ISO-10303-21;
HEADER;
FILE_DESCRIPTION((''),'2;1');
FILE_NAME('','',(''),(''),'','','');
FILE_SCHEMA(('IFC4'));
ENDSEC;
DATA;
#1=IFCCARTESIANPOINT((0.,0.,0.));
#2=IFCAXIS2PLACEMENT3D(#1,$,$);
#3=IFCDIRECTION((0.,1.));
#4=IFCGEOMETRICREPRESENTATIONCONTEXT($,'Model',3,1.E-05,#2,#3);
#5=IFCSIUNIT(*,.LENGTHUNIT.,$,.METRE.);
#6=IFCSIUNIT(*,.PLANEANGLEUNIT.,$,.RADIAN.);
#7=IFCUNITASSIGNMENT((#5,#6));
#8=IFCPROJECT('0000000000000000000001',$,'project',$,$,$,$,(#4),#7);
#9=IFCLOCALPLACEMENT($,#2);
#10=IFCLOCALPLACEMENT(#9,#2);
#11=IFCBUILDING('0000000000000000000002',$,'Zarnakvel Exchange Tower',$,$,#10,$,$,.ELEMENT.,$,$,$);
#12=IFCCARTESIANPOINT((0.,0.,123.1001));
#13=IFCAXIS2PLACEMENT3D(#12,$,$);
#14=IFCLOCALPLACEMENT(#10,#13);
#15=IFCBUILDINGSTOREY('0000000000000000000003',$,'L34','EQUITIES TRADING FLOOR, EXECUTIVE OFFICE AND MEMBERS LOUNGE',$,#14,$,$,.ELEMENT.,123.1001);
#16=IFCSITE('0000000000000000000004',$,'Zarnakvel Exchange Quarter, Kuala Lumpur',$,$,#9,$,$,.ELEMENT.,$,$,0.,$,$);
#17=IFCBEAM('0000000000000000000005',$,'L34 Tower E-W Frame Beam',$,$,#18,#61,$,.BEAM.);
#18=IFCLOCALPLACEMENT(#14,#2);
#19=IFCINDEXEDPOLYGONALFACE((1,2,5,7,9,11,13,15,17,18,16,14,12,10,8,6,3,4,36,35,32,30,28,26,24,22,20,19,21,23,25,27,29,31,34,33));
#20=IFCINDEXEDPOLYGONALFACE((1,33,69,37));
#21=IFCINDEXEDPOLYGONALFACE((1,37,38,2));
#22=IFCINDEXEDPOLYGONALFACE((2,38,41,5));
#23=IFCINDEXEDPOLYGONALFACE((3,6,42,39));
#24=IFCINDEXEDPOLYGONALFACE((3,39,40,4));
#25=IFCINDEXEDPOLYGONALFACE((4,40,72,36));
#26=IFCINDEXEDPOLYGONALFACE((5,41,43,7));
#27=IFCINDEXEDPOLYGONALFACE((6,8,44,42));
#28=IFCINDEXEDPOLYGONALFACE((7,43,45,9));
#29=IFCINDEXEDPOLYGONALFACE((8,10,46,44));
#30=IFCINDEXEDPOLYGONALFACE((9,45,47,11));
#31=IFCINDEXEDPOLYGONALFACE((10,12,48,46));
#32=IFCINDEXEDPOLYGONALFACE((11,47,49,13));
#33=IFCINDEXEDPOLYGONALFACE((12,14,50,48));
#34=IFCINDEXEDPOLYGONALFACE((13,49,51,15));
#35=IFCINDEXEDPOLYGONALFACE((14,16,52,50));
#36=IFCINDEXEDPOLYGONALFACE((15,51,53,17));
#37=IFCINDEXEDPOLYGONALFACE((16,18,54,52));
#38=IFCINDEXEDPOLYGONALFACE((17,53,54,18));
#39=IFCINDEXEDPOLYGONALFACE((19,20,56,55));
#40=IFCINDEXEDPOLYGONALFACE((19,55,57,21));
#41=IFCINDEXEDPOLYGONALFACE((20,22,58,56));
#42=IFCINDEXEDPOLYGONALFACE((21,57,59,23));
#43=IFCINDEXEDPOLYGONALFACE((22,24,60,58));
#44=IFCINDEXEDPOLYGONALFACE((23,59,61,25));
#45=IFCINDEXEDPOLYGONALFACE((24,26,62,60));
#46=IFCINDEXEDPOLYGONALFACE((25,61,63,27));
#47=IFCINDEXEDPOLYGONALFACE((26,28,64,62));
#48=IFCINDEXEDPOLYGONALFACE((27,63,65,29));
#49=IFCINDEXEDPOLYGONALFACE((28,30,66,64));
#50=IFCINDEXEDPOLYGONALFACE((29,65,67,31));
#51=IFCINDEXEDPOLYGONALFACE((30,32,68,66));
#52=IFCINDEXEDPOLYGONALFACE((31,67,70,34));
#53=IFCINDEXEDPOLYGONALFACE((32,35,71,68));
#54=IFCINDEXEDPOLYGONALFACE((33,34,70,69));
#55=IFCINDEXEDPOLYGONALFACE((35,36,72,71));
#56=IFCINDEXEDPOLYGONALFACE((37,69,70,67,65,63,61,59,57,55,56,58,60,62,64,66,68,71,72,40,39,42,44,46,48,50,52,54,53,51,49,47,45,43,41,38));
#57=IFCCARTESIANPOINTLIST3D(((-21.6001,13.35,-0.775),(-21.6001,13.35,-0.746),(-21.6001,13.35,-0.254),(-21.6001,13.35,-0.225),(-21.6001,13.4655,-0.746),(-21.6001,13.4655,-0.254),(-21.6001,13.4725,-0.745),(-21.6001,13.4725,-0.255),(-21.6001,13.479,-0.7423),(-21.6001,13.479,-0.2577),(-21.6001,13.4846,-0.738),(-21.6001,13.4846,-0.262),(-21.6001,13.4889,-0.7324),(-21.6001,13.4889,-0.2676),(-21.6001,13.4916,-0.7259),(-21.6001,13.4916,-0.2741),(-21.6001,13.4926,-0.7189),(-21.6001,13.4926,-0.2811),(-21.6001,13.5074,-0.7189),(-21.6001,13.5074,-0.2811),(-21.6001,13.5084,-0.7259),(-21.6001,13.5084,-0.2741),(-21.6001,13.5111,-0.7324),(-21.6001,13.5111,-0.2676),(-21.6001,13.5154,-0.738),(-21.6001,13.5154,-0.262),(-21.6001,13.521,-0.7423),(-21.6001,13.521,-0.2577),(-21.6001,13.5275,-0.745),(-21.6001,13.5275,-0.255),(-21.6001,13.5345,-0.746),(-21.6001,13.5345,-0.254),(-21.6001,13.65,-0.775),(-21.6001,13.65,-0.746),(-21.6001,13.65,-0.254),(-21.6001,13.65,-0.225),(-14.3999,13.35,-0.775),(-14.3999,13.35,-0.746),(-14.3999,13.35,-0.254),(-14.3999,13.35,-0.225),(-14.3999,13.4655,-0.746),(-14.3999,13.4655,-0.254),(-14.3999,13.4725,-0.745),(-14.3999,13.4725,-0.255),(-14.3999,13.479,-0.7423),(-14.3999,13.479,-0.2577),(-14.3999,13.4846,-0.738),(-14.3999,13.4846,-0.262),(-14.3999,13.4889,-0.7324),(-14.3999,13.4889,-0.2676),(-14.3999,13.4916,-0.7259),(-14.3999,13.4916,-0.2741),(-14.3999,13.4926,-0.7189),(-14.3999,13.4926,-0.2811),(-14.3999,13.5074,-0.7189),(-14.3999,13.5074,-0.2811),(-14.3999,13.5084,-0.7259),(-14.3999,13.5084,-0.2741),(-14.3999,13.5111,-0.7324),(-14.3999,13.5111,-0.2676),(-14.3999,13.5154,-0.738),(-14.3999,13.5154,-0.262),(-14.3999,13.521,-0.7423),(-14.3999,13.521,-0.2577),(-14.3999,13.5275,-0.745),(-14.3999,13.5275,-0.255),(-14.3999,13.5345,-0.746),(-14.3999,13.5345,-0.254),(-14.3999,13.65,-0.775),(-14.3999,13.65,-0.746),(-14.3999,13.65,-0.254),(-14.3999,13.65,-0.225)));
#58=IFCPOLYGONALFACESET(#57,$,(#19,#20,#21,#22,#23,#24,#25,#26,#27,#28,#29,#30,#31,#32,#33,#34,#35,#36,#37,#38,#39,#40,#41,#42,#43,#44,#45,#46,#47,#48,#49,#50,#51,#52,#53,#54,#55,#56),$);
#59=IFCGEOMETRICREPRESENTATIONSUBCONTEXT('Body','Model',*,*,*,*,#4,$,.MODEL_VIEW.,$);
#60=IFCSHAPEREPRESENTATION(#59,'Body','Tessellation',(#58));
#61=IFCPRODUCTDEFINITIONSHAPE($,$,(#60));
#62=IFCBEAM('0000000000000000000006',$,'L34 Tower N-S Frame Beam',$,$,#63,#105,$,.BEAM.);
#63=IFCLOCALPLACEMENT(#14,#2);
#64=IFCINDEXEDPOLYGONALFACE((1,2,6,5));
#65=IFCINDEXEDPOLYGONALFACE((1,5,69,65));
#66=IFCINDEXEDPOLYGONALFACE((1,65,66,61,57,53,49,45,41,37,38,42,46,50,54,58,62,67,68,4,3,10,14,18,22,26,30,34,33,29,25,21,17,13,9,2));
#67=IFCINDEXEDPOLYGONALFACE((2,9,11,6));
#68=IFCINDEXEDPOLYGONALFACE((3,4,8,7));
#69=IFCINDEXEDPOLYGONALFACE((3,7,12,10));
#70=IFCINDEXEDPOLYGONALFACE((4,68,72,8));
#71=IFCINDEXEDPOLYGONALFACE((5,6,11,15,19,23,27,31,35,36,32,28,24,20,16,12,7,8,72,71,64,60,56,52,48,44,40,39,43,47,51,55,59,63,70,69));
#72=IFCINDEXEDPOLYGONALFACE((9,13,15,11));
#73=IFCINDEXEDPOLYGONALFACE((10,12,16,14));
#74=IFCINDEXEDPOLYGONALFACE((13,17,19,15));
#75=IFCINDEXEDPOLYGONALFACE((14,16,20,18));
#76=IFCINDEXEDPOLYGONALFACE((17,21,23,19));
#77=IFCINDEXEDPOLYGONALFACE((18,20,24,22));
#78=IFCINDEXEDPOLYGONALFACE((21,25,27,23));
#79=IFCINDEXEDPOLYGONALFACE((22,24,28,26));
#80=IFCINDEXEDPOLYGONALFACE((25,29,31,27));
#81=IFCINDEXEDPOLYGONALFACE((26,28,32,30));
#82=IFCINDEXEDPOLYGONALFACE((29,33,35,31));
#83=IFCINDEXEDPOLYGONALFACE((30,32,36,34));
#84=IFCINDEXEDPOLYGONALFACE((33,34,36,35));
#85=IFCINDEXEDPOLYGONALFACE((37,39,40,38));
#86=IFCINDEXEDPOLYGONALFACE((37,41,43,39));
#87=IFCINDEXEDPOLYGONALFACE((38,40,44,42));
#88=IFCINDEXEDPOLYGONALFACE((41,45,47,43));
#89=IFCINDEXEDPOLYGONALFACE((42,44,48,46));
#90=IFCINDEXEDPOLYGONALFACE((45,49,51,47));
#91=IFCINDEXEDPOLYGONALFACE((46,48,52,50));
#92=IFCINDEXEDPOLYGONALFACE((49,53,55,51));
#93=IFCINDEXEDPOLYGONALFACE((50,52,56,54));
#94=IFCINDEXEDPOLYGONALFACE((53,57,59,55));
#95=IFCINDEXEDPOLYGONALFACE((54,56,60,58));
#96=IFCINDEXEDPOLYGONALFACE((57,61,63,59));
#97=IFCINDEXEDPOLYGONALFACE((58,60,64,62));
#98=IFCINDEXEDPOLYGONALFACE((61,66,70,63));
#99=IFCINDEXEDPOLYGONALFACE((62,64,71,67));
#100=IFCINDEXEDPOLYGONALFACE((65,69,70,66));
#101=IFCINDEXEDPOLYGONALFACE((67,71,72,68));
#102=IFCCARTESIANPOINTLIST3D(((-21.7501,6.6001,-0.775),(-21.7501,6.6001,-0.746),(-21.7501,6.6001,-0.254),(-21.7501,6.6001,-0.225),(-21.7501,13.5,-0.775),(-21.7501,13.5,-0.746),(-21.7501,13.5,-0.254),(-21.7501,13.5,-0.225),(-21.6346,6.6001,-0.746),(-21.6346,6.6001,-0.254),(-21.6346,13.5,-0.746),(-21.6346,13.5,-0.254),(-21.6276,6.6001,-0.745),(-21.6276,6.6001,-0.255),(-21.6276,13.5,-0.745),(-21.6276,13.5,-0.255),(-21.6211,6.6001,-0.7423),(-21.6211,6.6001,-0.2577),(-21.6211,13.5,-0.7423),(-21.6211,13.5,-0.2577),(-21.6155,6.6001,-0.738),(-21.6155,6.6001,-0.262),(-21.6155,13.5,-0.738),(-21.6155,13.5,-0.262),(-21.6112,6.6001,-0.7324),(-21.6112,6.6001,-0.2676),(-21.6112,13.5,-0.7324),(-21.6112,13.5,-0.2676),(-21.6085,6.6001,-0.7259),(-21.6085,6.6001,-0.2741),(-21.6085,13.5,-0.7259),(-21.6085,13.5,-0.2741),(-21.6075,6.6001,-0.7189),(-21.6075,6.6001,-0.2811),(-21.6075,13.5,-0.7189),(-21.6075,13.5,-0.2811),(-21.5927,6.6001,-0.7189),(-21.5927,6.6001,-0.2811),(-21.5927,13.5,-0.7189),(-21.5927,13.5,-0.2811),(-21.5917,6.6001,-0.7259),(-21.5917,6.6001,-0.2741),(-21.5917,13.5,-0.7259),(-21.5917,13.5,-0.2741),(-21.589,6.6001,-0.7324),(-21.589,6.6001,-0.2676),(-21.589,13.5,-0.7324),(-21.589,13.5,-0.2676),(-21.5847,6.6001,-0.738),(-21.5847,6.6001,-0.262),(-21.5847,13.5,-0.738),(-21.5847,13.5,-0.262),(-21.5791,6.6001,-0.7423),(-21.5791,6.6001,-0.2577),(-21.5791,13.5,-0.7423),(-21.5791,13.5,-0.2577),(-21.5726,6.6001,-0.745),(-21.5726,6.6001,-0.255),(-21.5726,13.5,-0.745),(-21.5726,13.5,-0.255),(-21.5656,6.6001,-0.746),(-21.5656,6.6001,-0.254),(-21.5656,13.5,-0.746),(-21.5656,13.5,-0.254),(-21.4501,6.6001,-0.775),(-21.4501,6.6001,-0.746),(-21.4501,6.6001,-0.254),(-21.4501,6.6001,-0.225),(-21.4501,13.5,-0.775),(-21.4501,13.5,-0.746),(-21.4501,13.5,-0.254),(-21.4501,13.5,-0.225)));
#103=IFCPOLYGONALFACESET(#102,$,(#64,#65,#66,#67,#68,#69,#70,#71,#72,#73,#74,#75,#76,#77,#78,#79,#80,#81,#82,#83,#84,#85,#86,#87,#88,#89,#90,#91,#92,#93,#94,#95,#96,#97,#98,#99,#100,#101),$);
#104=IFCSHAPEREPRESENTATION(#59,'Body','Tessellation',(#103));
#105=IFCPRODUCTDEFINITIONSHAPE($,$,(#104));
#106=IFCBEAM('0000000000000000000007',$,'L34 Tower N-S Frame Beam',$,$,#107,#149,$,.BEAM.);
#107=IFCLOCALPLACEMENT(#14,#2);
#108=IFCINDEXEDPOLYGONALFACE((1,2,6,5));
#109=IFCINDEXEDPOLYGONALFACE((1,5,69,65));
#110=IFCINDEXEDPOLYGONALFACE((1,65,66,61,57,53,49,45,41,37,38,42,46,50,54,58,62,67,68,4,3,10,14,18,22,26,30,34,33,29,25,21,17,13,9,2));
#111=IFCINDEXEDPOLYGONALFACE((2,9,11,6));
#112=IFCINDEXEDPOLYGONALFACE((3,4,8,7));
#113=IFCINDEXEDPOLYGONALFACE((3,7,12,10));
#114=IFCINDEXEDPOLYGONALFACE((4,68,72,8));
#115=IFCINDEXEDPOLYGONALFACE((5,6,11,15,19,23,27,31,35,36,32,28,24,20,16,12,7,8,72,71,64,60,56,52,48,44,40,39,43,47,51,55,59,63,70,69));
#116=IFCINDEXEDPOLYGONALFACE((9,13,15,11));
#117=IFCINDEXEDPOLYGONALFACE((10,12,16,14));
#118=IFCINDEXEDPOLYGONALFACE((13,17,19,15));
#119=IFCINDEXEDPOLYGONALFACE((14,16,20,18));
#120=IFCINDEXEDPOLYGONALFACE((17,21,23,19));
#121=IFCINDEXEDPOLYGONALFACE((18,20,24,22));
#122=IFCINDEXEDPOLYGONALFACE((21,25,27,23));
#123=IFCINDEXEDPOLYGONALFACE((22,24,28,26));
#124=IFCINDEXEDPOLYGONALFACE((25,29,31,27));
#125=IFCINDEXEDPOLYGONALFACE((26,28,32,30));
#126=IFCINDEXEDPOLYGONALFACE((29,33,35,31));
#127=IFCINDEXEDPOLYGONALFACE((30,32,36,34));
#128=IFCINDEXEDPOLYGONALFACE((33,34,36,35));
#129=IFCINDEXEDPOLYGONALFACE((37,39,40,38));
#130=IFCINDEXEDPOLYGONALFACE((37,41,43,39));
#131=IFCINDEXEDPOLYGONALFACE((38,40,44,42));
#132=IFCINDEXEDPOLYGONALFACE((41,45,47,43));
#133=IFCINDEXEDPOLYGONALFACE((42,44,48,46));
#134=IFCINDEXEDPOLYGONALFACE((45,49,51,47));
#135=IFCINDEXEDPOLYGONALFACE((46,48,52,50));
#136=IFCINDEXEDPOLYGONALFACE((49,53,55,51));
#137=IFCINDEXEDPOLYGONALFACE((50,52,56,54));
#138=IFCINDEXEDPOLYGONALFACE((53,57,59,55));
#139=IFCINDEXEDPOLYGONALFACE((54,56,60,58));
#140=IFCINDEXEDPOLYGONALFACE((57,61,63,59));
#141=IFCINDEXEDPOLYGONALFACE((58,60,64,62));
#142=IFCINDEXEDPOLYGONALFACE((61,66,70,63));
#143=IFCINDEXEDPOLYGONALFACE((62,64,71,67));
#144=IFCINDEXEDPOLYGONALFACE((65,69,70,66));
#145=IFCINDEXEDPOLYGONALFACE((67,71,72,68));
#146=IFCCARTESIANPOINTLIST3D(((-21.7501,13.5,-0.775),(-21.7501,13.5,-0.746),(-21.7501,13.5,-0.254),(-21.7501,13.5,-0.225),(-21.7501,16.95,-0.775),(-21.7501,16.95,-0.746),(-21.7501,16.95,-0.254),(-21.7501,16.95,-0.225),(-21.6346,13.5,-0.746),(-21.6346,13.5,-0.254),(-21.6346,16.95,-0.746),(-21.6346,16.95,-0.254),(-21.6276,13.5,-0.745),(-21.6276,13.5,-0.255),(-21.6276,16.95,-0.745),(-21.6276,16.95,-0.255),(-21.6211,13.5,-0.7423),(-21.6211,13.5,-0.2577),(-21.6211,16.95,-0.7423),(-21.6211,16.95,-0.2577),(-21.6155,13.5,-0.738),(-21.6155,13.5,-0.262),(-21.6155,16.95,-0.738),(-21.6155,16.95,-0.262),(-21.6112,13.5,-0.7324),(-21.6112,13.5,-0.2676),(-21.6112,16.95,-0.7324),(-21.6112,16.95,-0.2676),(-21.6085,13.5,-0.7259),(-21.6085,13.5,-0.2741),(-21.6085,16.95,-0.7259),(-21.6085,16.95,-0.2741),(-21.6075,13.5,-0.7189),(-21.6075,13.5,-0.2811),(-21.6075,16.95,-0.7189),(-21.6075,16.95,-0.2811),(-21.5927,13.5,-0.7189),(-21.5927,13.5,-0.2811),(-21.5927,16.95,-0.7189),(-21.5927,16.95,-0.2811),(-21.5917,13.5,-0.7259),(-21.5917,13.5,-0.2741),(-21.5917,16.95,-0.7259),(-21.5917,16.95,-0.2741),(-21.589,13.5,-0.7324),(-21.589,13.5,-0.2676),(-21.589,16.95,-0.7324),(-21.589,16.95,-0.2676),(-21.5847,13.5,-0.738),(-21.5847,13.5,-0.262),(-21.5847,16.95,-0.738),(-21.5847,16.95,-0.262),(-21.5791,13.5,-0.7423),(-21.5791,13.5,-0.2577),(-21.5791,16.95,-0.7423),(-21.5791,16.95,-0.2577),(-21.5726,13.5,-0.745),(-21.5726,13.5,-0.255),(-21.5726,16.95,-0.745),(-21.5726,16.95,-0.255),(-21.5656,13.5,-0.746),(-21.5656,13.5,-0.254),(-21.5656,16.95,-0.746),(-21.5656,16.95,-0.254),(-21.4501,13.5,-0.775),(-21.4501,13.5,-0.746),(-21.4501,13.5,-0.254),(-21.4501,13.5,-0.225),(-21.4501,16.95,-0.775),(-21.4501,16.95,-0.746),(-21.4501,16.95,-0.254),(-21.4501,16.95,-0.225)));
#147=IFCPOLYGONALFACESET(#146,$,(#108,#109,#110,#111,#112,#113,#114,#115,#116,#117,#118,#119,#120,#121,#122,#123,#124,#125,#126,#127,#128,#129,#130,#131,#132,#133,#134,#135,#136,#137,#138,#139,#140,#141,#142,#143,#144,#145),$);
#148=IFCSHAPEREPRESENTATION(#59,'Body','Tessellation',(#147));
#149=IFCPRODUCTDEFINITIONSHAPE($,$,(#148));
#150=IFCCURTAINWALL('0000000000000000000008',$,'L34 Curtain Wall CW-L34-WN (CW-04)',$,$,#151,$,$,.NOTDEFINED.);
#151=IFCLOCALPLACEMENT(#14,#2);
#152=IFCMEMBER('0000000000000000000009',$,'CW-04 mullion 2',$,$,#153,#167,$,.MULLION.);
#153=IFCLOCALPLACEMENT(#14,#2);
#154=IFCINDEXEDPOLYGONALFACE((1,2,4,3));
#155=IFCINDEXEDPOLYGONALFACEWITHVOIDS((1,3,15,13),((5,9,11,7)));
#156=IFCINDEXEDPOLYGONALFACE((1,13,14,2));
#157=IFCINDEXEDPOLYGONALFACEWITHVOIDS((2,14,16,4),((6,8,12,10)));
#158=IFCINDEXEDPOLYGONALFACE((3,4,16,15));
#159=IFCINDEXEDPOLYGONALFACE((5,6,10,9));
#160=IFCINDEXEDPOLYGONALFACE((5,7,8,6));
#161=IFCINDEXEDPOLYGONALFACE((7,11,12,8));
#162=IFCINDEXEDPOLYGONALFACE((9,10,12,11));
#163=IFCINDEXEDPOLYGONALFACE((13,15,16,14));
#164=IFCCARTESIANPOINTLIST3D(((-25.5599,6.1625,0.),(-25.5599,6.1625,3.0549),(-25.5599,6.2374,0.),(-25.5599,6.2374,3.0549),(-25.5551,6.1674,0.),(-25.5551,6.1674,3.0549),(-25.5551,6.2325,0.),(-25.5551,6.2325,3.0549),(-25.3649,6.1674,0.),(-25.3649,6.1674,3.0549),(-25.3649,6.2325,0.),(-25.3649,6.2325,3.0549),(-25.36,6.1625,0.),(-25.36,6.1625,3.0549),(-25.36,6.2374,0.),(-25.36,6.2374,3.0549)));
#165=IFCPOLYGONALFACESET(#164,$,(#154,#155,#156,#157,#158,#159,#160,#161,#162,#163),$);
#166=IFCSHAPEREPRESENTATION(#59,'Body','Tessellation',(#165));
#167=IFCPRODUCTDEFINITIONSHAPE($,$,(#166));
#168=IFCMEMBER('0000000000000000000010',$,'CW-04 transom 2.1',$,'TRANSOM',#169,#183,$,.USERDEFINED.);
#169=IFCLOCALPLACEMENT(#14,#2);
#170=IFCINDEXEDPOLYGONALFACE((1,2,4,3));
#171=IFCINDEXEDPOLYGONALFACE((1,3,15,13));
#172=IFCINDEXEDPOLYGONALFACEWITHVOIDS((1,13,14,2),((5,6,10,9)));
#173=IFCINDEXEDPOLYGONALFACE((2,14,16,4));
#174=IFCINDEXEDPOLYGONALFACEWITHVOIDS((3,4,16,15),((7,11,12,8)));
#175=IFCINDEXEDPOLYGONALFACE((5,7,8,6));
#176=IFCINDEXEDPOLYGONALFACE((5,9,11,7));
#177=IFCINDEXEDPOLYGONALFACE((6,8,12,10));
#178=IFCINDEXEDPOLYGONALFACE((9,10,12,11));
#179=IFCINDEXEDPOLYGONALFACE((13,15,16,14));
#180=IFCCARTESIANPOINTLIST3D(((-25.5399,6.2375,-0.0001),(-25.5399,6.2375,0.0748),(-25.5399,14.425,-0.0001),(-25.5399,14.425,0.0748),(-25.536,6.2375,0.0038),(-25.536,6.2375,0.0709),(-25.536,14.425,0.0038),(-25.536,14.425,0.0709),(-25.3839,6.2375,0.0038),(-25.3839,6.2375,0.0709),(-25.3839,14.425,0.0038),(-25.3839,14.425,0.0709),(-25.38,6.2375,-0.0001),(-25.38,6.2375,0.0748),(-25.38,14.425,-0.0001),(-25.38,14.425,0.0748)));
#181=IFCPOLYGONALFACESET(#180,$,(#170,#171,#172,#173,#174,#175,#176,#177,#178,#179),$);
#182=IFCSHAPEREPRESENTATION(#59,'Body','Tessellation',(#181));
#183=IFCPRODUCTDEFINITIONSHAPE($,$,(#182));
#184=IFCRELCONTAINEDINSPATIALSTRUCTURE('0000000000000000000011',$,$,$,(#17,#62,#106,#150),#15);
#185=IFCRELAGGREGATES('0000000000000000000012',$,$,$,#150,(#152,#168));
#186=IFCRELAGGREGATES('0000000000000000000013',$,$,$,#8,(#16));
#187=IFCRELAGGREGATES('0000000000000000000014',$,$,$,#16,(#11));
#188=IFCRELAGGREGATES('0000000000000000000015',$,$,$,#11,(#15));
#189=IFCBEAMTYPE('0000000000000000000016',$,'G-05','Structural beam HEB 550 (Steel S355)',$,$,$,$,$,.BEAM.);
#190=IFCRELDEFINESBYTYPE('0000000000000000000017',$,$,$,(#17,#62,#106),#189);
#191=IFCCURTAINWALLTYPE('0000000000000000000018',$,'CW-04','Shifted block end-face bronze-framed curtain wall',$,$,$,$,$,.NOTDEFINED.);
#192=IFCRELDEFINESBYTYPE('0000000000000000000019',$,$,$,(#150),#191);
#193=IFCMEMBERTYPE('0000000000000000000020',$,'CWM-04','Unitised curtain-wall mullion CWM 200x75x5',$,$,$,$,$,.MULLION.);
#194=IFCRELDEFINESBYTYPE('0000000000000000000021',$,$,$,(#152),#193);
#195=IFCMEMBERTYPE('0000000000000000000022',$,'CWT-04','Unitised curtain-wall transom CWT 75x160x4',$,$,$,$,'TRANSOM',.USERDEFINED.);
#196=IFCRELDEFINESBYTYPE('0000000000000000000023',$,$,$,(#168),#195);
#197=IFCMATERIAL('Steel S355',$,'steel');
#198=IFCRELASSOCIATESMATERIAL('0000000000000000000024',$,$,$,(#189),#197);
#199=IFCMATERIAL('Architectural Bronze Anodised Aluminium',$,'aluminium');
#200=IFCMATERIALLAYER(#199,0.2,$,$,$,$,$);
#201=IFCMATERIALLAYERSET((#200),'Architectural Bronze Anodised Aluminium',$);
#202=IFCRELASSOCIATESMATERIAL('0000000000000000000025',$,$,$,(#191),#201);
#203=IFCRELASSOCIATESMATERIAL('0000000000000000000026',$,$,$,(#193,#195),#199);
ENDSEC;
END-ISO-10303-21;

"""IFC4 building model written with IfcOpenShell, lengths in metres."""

from ifc_helpers import new_model, si_unit, direction, frame, origin, origin_2d, place, context, subcontext, project, spatial, hollow_rectangle, i_section, extrude, source, transform, mapped, material, layer, layer_set, material_profile, profile_set, type_object, element, aggregate, save


model = new_model("IFC4")

# Units and contexts
model_context = context("Model", 3, precision=1e-05, world=origin(), true_north=direction((0.0, 1.0)))
body_context = subcontext(model_context, "Body", "Model", "MODEL_VIEW")
ifc_project = project(units=[si_unit("LENGTHUNIT", "METRE"), si_unit("PLANEANGLEUNIT", "RADIAN")], contexts=[model_context])

# Site, building, storey
site_placement = place(None, origin())
site = spatial("IfcSite", under=ifc_project, at=site_placement, Name="Zarnakvel Exchange Quarter, Kuala Lumpur", CompositionType="ELEMENT", RefElevation=0.0)
building_placement = place(site_placement, origin())
building = spatial("IfcBuilding", under=site, at=building_placement, Name="Zarnakvel Exchange Tower", CompositionType="ELEMENT")
storey_placement = place(building_placement, frame((0.0, 0.0, 123.1001)))
storey = spatial("IfcBuildingStorey", under=building, at=storey_placement, Name="L34", Description="EQUITIES TRADING FLOOR, EXECUTIVE OFFICE AND MEMBERS LOUNGE", CompositionType="ELEMENT", Elevation=123.1001)

# Shared definitions
ifc_material_1 = material(Name="Steel S355", Category="steel")

# Beams
ifc_material_profile_1 = material_profile(ifc_material_1, i_section(OverallWidth=0.3, OverallDepth=0.55, WebThickness=0.0149, FlangeThickness=0.0291, FilletRadius=0.0271, at=origin_2d()))
ifc_profile_set_1 = profile_set([ifc_material_profile_1], Name="Steel S355")
beam_type = type_object("IfcBeamType", Name="G-05", Description="Structural beam HEB 550 (Steel S355)", PredefinedType="BEAM", material=ifc_profile_set_1)
beam_1_placement = place(storey_placement, frame((-21.6001, 13.5, -0.5), z_axis=(1.0, 0.0, 0.0), x_axis=(0.0, 1.0, 0.0)))
element("IfcBeam", 1, at=beam_1_placement, inside=storey, type_object=beam_type, Name="L34 Tower E-W Frame Beam", PredefinedType="BEAM", context=body_context, shape_type="SweptSolid", body=[
    extrude(i_section(OverallWidth=0.3, OverallDepth=0.55, WebThickness=0.0149, FlangeThickness=0.0291, FilletRadius=0.0271, at=origin_2d()), origin(), (0.0, 0.0, 1.0), 7.2002),
])
beam_2_placement = place(storey_placement, frame((-21.6001, 6.6001, -0.5), z_axis=(0.0, 1.0, 0.0), x_axis=(-1.0, 0.0, 0.0)))
element("IfcBeam", 2, at=beam_2_placement, inside=storey, type_object=beam_type, Name="L34 Tower N-S Frame Beam", PredefinedType="BEAM", context=body_context, shape_type="SweptSolid", body=[
    extrude(i_section(OverallWidth=0.3, OverallDepth=0.55, WebThickness=0.0149, FlangeThickness=0.0291, FilletRadius=0.0271, at=origin_2d()), origin(), (0.0, 0.0, 1.0), 6.8999),
])
beam_3_placement = place(storey_placement, frame((-21.6001, 13.5, -0.5), z_axis=(0.0, 1.0, 0.0), x_axis=(-1.0, 0.0, 0.0)))
element("IfcBeam", 3, at=beam_3_placement, inside=storey, type_object=beam_type, Name="L34 Tower N-S Frame Beam", PredefinedType="BEAM", context=body_context, shape_type="SweptSolid", body=[
    extrude(i_section(OverallWidth=0.3, OverallDepth=0.55, WebThickness=0.0149, FlangeThickness=0.0291, FilletRadius=0.0271, at=origin_2d()), origin(), (0.0, 0.0, 1.0), 3.45),
])

# Curtain wall, members
ifc_material_2 = material(Name="Architectural Bronze Anodised Aluminium", Category="aluminium")
ifc_layer_1 = layer(ifc_material_2, 0.2)
ifc_layer_set_1 = layer_set([ifc_layer_1], Name="Architectural Bronze Anodised Aluminium")
curtain_wall_type = type_object("IfcCurtainWallType", Name="CW-04", Description="Shifted block end-face bronze-framed curtain wall", PredefinedType="NOTDEFINED", material=ifc_layer_set_1)
curtain_wall_placement = place(storey_placement, origin())
curtain_wall = element("IfcCurtainWall", 4, at=curtain_wall_placement, inside=storey, type_object=curtain_wall_type, Name="L34 Curtain Wall CW-L34-WN (CW-04)", PredefinedType="NOTDEFINED")
ifc_material_profile_2 = material_profile(ifc_material_2, hollow_rectangle(XDim=0.2, YDim=0.075, WallThickness=0.0049, at=origin_2d()))
ifc_profile_set_2 = profile_set([ifc_material_profile_2], Name="Architectural Bronze Anodised Aluminium")
member_type_1 = type_object("IfcMemberType", Name="CWM-04", Description="Unitised curtain-wall mullion CWM 200x75x5", PredefinedType="MULLION", material=ifc_profile_set_2)
shared_shape_1 = source(origin(), body_context, "Body", "SweptSolid", [
    extrude(hollow_rectangle(XDim=0.2, YDim=0.075, WallThickness=0.0049, at=origin_2d()), origin(), (0.0, 0.0, 1.0), 3.0549),
])
member_1_placement = place(storey_placement, frame((-25.46, 6.2, 0.0), z_axis=(0.0, 0.0, 1.0), x_axis=(-1.0, 0.0, 0.0)))
member_1 = element("IfcMember", 5, at=member_1_placement, type_object=member_type_1, Name="CW-04 mullion 2", PredefinedType="MULLION", context=body_context, shape_type="MappedRepresentation", body=[
    mapped(shared_shape_1, transform((0.0, 0.0, 0.0), x_axis=(1.0, 0.0, 0.0), y_axis=(0.0, 1.0, 0.0), z_axis=(0.0, 0.0, 1.0), scale=1.0)),
])
ifc_material_profile_3 = material_profile(ifc_material_2, hollow_rectangle(XDim=0.1599, YDim=0.075, WallThickness=0.0039, at=origin_2d()))
ifc_profile_set_3 = profile_set([ifc_material_profile_3], Name="Architectural Bronze Anodised Aluminium")
member_type_2 = type_object("IfcMemberType", Name="CWT-04", Description="Unitised curtain-wall transom CWT 75x160x4", ElementType="TRANSOM", PredefinedType="USERDEFINED", material=ifc_profile_set_3)
shared_shape_2 = source(origin(), body_context, "Body", "SweptSolid", [
    extrude(hollow_rectangle(XDim=0.1599, YDim=0.075, WallThickness=0.0039, at=origin_2d()), origin(), (0.0, 0.0, 1.0), 8.1875),
])
member_2_placement = place(storey_placement, frame((-25.46, 6.2375, 0.0374), z_axis=(0.0, 1.0, 0.0), x_axis=(-1.0, 0.0, 0.0)))
member_2 = element("IfcMember", 6, at=member_2_placement, type_object=member_type_2, Name="CW-04 transom 2.1", ObjectType="TRANSOM", PredefinedType="USERDEFINED", context=body_context, shape_type="MappedRepresentation", body=[
    mapped(shared_shape_2, transform((0.0, 0.0, 0.0), x_axis=(1.0, 0.0, 0.0), y_axis=(0.0, 1.0, 0.0), z_axis=(0.0, 0.0, 1.0), scale=1.0)),
])
aggregate(curtain_wall, [member_1, member_2])

save(model, "model.ifc")
